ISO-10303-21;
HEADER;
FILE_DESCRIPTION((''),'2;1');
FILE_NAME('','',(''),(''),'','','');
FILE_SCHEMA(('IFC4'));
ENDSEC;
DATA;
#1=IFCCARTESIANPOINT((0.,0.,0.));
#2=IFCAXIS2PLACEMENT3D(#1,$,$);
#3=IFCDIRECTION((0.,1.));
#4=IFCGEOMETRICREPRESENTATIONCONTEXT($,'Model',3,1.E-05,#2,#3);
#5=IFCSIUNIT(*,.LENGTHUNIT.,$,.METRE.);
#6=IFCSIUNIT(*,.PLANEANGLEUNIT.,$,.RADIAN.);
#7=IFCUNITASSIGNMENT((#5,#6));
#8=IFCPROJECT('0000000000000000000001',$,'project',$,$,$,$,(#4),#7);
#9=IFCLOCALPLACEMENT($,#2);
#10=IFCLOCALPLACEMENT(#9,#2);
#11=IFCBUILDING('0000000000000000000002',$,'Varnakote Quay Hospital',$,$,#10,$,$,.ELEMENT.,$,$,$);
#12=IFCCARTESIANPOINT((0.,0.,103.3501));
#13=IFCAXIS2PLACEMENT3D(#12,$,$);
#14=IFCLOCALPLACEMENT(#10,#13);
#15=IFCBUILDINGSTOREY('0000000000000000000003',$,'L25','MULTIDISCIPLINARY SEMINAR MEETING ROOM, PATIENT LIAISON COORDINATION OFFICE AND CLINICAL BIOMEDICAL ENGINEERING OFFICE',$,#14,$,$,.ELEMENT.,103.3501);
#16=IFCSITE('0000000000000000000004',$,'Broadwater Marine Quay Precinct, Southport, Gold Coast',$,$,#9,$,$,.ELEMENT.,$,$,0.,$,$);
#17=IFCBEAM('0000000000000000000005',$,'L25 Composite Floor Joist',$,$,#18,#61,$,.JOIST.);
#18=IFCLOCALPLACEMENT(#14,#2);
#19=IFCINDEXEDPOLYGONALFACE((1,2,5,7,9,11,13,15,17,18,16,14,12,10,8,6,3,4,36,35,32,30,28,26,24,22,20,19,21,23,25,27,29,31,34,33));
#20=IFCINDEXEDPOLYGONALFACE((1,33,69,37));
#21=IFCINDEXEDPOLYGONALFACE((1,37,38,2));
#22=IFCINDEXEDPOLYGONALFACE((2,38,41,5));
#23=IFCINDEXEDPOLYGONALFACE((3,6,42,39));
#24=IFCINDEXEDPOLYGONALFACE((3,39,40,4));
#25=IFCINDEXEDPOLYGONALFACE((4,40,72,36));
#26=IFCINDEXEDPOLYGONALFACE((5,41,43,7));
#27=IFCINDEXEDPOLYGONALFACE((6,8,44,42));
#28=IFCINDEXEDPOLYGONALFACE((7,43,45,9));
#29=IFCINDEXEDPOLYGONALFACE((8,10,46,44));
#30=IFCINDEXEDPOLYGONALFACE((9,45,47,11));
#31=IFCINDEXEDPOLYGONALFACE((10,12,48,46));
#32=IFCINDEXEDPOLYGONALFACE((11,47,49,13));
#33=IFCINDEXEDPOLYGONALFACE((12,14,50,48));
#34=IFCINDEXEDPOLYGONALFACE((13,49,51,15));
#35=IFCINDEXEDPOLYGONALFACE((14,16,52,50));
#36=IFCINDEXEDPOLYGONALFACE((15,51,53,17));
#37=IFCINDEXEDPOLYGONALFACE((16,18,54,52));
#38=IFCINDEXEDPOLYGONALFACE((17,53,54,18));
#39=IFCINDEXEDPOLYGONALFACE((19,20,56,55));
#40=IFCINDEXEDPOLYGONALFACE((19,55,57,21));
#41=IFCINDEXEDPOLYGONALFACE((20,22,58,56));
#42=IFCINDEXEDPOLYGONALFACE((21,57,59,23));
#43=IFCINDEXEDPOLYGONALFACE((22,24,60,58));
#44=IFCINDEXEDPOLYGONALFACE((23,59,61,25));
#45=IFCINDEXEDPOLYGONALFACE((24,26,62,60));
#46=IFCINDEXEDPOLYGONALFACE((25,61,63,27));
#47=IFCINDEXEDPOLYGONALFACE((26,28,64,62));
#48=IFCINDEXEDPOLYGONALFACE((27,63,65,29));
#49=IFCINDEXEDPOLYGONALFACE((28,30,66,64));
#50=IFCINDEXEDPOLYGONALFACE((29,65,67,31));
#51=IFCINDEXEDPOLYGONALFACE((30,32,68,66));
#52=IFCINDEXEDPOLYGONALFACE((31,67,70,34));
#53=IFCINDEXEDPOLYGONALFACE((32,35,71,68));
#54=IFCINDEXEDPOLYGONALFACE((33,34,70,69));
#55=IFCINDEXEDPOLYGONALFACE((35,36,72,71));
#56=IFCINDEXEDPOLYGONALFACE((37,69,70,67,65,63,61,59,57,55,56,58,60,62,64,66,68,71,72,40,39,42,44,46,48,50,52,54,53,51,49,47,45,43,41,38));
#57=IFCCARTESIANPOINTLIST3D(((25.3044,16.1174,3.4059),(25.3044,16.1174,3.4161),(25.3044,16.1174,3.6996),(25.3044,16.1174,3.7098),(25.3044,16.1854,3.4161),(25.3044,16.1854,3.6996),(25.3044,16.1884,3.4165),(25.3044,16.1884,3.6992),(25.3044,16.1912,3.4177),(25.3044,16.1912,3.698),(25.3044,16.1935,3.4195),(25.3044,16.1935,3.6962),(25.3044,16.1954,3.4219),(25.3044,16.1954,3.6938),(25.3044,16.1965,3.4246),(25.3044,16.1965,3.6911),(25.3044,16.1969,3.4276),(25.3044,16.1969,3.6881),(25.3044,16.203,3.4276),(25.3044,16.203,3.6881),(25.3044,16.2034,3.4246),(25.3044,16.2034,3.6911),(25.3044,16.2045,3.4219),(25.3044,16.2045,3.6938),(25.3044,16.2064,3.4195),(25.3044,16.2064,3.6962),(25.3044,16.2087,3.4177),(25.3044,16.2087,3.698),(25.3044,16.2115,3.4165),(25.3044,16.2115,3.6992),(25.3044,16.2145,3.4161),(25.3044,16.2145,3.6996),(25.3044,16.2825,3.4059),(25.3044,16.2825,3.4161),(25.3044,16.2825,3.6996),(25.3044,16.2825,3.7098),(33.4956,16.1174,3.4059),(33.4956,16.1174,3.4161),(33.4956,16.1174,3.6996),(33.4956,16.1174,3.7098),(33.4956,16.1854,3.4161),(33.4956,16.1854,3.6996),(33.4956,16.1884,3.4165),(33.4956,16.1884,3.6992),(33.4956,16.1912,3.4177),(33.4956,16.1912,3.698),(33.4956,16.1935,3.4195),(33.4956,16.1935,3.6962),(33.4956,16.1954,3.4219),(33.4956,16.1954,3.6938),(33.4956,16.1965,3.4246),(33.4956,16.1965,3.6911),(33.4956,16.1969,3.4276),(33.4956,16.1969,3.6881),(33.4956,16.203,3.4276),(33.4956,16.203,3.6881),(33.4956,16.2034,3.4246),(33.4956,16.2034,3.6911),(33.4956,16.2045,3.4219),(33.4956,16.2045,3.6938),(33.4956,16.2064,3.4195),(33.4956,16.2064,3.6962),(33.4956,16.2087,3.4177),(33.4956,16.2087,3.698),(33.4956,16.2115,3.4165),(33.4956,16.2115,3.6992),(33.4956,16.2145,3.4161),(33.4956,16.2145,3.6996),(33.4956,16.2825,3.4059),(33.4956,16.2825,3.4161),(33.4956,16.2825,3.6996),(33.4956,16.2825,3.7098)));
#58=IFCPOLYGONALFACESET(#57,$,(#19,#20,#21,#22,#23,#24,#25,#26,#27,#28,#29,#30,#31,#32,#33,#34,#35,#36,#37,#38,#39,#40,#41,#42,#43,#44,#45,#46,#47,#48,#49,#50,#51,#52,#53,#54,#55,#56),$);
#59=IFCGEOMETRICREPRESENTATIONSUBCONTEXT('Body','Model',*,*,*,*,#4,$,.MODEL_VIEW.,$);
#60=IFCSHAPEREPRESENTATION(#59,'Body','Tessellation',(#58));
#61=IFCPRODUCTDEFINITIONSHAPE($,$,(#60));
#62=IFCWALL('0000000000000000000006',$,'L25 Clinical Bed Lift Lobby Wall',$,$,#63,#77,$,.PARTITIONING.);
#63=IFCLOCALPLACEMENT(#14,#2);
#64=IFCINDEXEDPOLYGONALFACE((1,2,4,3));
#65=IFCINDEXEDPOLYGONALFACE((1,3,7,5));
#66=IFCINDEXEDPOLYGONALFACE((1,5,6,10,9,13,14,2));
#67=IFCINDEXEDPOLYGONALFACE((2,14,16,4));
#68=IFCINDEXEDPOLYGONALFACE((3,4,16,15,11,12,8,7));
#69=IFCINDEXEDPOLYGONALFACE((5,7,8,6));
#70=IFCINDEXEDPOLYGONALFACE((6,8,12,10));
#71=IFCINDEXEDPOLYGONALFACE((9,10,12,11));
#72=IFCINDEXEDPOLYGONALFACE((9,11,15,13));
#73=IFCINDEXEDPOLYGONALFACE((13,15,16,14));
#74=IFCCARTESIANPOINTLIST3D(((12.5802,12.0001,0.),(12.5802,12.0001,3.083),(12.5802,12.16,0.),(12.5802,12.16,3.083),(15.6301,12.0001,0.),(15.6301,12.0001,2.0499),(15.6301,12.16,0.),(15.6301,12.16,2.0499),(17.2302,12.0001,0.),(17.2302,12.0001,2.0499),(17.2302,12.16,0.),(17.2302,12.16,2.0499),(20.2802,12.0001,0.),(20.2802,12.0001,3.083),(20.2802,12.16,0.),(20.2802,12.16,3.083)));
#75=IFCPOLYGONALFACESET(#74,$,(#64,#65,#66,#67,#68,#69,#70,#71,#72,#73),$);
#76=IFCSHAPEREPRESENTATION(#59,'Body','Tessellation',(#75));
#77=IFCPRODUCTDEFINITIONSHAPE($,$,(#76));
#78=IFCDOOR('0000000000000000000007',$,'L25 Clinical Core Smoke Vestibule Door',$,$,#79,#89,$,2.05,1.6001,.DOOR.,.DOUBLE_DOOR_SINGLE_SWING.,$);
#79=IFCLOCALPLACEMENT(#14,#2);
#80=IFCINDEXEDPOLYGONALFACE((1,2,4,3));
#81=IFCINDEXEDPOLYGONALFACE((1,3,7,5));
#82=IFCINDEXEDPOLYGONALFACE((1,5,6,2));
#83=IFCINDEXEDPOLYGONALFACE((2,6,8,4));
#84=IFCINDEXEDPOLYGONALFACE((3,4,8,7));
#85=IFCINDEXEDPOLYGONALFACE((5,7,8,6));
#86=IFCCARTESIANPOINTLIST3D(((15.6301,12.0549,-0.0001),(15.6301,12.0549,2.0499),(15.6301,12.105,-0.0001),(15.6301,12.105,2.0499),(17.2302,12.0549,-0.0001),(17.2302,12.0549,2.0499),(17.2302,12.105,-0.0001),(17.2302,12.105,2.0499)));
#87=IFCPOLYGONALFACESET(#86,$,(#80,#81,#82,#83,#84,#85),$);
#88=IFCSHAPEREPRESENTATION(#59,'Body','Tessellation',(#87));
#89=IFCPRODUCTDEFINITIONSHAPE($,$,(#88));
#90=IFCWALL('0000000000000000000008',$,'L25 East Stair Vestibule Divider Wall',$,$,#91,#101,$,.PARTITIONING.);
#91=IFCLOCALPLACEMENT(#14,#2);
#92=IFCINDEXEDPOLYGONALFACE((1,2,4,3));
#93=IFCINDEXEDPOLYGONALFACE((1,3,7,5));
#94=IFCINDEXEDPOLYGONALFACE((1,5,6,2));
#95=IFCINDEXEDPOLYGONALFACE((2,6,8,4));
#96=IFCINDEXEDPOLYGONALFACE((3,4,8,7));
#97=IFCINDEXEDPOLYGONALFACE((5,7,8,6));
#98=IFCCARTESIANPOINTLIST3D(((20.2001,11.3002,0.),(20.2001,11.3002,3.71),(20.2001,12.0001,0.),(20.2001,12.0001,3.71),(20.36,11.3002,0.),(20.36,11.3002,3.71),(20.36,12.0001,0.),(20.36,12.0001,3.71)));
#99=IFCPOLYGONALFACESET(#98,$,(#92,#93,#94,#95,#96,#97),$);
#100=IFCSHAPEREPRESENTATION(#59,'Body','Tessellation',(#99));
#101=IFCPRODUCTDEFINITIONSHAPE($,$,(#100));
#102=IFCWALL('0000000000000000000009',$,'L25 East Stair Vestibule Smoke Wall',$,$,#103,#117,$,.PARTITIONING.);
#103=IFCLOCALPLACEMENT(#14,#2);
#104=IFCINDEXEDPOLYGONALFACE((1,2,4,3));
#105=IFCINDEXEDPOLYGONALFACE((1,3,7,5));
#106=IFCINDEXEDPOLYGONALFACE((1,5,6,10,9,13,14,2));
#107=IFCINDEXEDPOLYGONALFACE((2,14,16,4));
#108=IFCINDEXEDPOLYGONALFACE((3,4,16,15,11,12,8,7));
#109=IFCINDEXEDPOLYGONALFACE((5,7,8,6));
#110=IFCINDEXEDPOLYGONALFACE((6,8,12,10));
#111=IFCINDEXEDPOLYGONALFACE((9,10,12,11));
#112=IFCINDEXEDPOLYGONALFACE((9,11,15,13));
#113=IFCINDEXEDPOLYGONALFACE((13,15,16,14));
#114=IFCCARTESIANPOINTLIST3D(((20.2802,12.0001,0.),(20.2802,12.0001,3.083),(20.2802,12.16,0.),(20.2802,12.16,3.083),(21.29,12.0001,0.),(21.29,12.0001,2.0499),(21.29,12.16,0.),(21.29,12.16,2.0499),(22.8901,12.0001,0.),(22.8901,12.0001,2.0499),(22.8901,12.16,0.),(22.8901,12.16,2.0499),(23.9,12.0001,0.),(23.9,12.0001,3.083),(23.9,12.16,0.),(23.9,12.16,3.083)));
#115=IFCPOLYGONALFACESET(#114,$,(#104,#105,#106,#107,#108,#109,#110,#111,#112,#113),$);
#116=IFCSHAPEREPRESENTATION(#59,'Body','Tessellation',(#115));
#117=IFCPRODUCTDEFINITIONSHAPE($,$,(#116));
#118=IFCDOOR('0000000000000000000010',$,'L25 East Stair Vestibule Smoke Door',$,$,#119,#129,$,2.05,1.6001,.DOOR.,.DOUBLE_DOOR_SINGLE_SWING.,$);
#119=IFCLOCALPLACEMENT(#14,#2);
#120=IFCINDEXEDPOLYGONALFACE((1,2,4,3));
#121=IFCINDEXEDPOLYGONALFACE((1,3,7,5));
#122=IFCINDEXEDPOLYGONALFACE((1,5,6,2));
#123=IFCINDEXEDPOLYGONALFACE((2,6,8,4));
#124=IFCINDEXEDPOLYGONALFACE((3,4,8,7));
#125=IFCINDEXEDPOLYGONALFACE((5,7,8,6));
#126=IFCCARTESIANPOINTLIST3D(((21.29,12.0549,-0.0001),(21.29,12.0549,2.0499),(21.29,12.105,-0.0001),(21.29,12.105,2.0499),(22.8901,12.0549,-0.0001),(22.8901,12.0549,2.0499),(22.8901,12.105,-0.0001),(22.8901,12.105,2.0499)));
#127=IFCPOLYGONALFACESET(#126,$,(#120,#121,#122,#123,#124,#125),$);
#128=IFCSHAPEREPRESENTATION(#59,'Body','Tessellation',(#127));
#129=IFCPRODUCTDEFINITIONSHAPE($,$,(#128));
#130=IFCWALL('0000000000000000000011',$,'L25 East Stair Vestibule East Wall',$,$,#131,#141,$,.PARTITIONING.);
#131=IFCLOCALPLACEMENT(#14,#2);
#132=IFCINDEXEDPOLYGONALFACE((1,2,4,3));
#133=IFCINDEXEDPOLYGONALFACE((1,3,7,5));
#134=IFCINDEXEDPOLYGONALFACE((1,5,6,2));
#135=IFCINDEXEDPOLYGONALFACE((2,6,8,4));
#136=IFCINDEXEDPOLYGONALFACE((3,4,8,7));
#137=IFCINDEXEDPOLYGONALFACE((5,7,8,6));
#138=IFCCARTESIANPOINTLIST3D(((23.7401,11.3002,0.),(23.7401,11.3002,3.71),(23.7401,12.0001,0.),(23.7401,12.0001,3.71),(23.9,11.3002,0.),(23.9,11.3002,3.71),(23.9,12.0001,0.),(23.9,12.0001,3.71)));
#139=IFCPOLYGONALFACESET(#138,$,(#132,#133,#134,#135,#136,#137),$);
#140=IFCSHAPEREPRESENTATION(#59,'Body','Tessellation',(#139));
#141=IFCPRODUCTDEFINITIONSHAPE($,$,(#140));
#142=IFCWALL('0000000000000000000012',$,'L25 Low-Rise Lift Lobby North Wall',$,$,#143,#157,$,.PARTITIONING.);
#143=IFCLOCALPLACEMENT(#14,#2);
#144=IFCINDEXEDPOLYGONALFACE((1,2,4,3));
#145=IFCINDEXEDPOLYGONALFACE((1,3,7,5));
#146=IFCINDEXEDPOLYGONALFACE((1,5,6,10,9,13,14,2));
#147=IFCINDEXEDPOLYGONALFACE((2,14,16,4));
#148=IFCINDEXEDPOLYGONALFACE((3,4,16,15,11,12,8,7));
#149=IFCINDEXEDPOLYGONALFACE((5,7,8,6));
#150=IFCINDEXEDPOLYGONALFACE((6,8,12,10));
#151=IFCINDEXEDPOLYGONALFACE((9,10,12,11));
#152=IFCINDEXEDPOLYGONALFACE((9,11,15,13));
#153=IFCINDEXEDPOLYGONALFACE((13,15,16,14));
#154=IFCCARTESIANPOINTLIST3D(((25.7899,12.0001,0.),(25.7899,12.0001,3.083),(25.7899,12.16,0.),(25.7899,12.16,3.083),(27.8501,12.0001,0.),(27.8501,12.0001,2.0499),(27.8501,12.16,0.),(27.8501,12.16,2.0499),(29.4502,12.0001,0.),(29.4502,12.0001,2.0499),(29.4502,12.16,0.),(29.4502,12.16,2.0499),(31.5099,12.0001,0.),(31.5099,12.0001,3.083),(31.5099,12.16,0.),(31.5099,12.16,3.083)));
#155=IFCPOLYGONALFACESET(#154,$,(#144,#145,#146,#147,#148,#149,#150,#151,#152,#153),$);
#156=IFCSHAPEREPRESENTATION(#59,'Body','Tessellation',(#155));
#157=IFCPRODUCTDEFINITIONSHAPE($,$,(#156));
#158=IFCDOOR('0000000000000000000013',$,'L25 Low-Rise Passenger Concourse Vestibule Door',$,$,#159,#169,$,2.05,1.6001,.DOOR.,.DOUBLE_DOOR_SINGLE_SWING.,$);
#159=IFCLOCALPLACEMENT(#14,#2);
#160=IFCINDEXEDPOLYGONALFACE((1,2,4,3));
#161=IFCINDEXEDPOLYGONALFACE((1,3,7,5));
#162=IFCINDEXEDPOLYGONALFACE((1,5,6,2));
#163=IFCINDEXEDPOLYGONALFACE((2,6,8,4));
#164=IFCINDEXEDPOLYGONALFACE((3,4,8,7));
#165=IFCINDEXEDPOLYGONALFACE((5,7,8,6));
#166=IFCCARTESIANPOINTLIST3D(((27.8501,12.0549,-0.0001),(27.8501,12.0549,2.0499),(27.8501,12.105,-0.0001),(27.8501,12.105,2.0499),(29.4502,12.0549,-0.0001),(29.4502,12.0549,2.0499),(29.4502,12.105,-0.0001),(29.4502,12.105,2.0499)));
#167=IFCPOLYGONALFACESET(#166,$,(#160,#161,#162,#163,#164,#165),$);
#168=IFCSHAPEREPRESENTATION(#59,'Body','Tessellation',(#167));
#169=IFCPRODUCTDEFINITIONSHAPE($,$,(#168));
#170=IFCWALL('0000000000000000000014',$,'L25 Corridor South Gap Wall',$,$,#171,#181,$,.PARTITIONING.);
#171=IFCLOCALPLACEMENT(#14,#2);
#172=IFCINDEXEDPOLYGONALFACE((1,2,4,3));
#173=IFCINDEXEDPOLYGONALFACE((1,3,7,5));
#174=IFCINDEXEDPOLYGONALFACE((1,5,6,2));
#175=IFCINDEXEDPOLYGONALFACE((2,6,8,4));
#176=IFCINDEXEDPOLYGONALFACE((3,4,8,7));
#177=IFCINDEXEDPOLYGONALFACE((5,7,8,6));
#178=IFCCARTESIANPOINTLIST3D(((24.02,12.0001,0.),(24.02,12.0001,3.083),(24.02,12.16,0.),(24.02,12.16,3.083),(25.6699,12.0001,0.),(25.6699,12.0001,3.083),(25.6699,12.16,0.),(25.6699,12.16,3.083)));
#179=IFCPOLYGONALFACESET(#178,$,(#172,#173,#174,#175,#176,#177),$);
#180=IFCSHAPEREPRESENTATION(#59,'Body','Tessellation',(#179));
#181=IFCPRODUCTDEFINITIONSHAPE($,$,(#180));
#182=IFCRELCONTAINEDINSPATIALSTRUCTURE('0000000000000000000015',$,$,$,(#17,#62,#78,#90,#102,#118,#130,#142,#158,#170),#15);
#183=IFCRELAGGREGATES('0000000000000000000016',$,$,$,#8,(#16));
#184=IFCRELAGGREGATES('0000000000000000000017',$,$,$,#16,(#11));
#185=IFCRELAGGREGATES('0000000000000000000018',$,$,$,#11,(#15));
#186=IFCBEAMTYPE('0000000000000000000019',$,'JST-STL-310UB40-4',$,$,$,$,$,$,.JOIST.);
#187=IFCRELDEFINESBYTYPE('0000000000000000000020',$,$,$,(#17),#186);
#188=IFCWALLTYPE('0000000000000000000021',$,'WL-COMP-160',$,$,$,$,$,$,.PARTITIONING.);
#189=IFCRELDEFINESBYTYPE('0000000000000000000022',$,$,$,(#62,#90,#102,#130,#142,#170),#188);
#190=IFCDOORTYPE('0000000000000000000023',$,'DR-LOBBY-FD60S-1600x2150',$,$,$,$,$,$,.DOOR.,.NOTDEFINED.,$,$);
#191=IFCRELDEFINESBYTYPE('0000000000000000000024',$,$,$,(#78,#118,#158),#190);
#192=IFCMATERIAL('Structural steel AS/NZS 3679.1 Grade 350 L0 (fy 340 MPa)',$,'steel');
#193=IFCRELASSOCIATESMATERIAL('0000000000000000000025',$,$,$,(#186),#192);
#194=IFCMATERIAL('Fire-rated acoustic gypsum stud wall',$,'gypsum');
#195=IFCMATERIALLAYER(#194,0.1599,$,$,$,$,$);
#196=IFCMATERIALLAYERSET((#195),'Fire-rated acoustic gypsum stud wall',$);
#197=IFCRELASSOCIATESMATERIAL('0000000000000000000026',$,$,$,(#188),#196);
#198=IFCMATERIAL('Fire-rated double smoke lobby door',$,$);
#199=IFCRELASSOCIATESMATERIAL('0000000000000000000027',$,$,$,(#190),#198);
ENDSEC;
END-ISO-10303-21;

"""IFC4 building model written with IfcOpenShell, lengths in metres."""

from ifc_helpers import new_model, si_unit, direction, frame, frame_2d, origin, origin_2d, place, context, subcontext, project, spatial, rectangle, i_section, extrude, material, layer, layer_set, material_profile, profile_set, type_object, element, fill, save


model = new_model("IFC4")

# Units and contexts
model_context = context("Model", 3, precision=1e-05, world=origin(), true_north=direction((0.0, 1.0)))
body_context = subcontext(model_context, "Body", "Model", "MODEL_VIEW")
ifc_project = project(units=[si_unit("LENGTHUNIT", "METRE"), si_unit("PLANEANGLEUNIT", "RADIAN")], contexts=[model_context])

# Site, building, storey
site_placement = place(None, origin())
site = spatial("IfcSite", under=ifc_project, at=site_placement, Name="Broadwater Marine Quay Precinct, Southport, Gold Coast", CompositionType="ELEMENT", RefElevation=0.0)
building_placement = place(site_placement, origin())
building = spatial("IfcBuilding", under=site, at=building_placement, Name="Varnakote Quay Hospital", CompositionType="ELEMENT")
storey_placement = place(building_placement, frame((0.0, 0.0, 103.3501)))
storey = spatial("IfcBuildingStorey", under=building, at=storey_placement, Name="L25", Description="MULTIDISCIPLINARY SEMINAR MEETING ROOM, PATIENT LIAISON COORDINATION OFFICE AND CLINICAL BIOMEDICAL ENGINEERING OFFICE", CompositionType="ELEMENT", Elevation=103.3501)

# Beam
ifc_material_1 = material(Name="Structural steel AS/NZS 3679.1 Grade 350 L0 (fy 340 MPa)", Category="steel")
ifc_material_profile_1 = material_profile(ifc_material_1, i_section(OverallWidth=0.165, OverallDepth=0.304, WebThickness=0.0061, FlangeThickness=0.0103, FilletRadius=0.0115, at=origin_2d()), Name="310UB40.4")
ifc_profile_set_1 = profile_set([ifc_material_profile_1], Name="Structural steel AS/NZS 3679.1 Grade 350 L0 (fy 340 MPa)")
beam_type_1 = type_object("IfcBeamType", Name="JST-STL-310UB40-4", PredefinedType="JOIST", material=ifc_profile_set_1)
beam_1_placement = place(storey_placement, frame((25.3044, 16.2, 3.5579), z_axis=(1.0, 0.0, 0.0), x_axis=(0.0, 1.0, 0.0)))
element("IfcBeam", 1, at=beam_1_placement, inside=storey, type_object=beam_type_1, Name="L25 Composite Floor Joist", PredefinedType="JOIST", context=body_context, shape_type="SweptSolid", body=[
    extrude(i_section(OverallWidth=0.165, OverallDepth=0.304, WebThickness=0.0061, FlangeThickness=0.0103, FilletRadius=0.0115, at=origin_2d()), origin(), (0.0, 0.0, 1.0), 8.1912),
])

# Wall, opening, door
ifc_material_2 = material(Name="Fire-rated acoustic gypsum stud wall", Category="gypsum")
ifc_layer_1 = layer(ifc_material_2, 0.1599)
ifc_layer_set_1 = layer_set([ifc_layer_1], Name="Fire-rated acoustic gypsum stud wall")
wall_type_1 = type_object("IfcWallType", Name="WL-COMP-160", PredefinedType="PARTITIONING", material=ifc_layer_set_1)
wall_1_placement = place(storey_placement, frame((12.5801, 12.0801, 0.0), z_axis=(0.0, 0.0, 1.0), x_axis=(1.0, 0.0, 0.0)))
wall_1 = element("IfcWall", 2, at=wall_1_placement, inside=storey, type_object=wall_type_1, Name="L25 Clinical Bed Lift Lobby Wall", PredefinedType="PARTITIONING", context=body_context, shape_type="SweptSolid", body=[
    extrude(rectangle(XDim=7.7, YDim=0.1599, at=frame_2d((3.8501, 0.0))), origin(), (0.0, 0.0, 1.0), 3.083),
])
opening_1_placement = place(wall_1_placement, frame((3.05, 0.0, 0.0)))
opening_1 = element("IfcOpeningElement", 3, at=opening_1_placement, cuts=wall_1, PredefinedType="OPENING", context=body_context, shape_type="SweptSolid", body=[
    extrude(rectangle(XDim=1.6001, YDim=2.05, at=frame_2d((0.8, 1.0249))), frame((0.0, 0.0898, 0.0), z_axis=(0.0, -1.0, 0.0), x_axis=(1.0, 0.0, 0.0)), (0.0, 0.0, 1.0), 0.1799),
])
ifc_material_3 = material(Name="Fire-rated double smoke lobby door")
door_type_1 = type_object("IfcDoorType", Name="DR-LOBBY-FD60S-1600x2150", OperationType="NOTDEFINED", PredefinedType="DOOR", material=ifc_material_3)
door_1_placement = place(opening_1_placement, origin())
door_1 = element("IfcDoor", 4, at=door_1_placement, inside=storey, type_object=door_type_1, Name="L25 Clinical Core Smoke Vestibule Door", OperationType="DOUBLE_DOOR_SINGLE_SWING", OverallHeight=2.05, OverallWidth=1.6001, PredefinedType="DOOR", context=body_context, shape_type="SweptSolid", body=[
    extrude(rectangle(XDim=1.6001, YDim=2.05, at=frame_2d((0.8, 1.0249))), frame((0.0, 0.0249, 0.0), z_axis=(0.0, -1.0, 0.0), x_axis=(1.0, 0.0, 0.0)), (0.0, 0.0, 1.0), 0.05),
])
fill(opening_1, door_1)

# Wall
wall_2_placement = place(storey_placement, frame((20.28, 11.3, 0.0), z_axis=(0.0, 0.0, 1.0), x_axis=(0.0, 1.0, 0.0)))
element("IfcWall", 5, at=wall_2_placement, inside=storey, type_object=wall_type_1, Name="L25 East Stair Vestibule Divider Wall", PredefinedType="PARTITIONING", context=body_context, shape_type="SweptSolid", body=[
    extrude(rectangle(XDim=0.7, YDim=0.1599, at=frame_2d((0.3501, 0.0))), origin(), (0.0, 0.0, 1.0), 3.71),
])

# Wall, opening, door
wall_3_placement = place(storey_placement, frame((20.28, 12.0801, 0.0), z_axis=(0.0, 0.0, 1.0), x_axis=(1.0, 0.0, 0.0)))
wall_3 = element("IfcWall", 6, at=wall_3_placement, inside=storey, type_object=wall_type_1, Name="L25 East Stair Vestibule Smoke Wall", PredefinedType="PARTITIONING", context=body_context, shape_type="SweptSolid", body=[
    extrude(rectangle(XDim=3.6199, YDim=0.1599, at=frame_2d((1.8101, 0.0))), origin(), (0.0, 0.0, 1.0), 3.083),
])
opening_2_placement = place(wall_3_placement, frame((1.01, 0.0, 0.0)))
opening_2 = element("IfcOpeningElement", 7, at=opening_2_placement, cuts=wall_3, PredefinedType="OPENING", context=body_context, shape_type="SweptSolid", body=[
    extrude(rectangle(XDim=1.6001, YDim=2.05, at=frame_2d((0.8, 1.0249))), frame((0.0, 0.0898, 0.0), z_axis=(0.0, -1.0, 0.0), x_axis=(1.0, 0.0, 0.0)), (0.0, 0.0, 1.0), 0.1799),
])
door_2_placement = place(opening_2_placement, origin())
door_2 = element("IfcDoor", 8, at=door_2_placement, inside=storey, type_object=door_type_1, Name="L25 East Stair Vestibule Smoke Door", OperationType="DOUBLE_DOOR_SINGLE_SWING", OverallHeight=2.05, OverallWidth=1.6001, PredefinedType="DOOR", context=body_context, shape_type="SweptSolid", body=[
    extrude(rectangle(XDim=1.6001, YDim=2.05, at=frame_2d((0.8, 1.0249))), frame((0.0, 0.0249, 0.0), z_axis=(0.0, -1.0, 0.0), x_axis=(1.0, 0.0, 0.0)), (0.0, 0.0, 1.0), 0.05),
])
fill(opening_2, door_2)

# Wall
wall_4_placement = place(storey_placement, frame((23.8201, 11.3, 0.0), z_axis=(0.0, 0.0, 1.0), x_axis=(0.0, 1.0, 0.0)))
element("IfcWall", 9, at=wall_4_placement, inside=storey, type_object=wall_type_1, Name="L25 East Stair Vestibule East Wall", PredefinedType="PARTITIONING", context=body_context, shape_type="SweptSolid", body=[
    extrude(rectangle(XDim=0.7, YDim=0.1599, at=frame_2d((0.3501, 0.0))), origin(), (0.0, 0.0, 1.0), 3.71),
])

# Wall, opening, door
wall_5_placement = place(storey_placement, frame((25.79, 12.0801, 0.0), z_axis=(0.0, 0.0, 1.0), x_axis=(1.0, 0.0, 0.0)))
wall_5 = element("IfcWall", 10, at=wall_5_placement, inside=storey, type_object=wall_type_1, Name="L25 Low-Rise Lift Lobby North Wall", PredefinedType="PARTITIONING", context=body_context, shape_type="SweptSolid", body=[
    extrude(rectangle(XDim=5.72, YDim=0.1599, at=frame_2d((2.8599, 0.0))), origin(), (0.0, 0.0, 1.0), 3.083),
])
opening_3_placement = place(wall_5_placement, frame((2.0601, 0.0, 0.0)))
opening_3 = element("IfcOpeningElement", 11, at=opening_3_placement, cuts=wall_5, PredefinedType="OPENING", context=body_context, shape_type="SweptSolid", body=[
    extrude(rectangle(XDim=1.6001, YDim=2.05, at=frame_2d((0.8, 1.0249))), frame((0.0, 0.0898, 0.0), z_axis=(0.0, -1.0, 0.0), x_axis=(1.0, 0.0, 0.0)), (0.0, 0.0, 1.0), 0.1799),
])
door_3_placement = place(opening_3_placement, origin())
door_3 = element("IfcDoor", 12, at=door_3_placement, inside=storey, type_object=door_type_1, Name="L25 Low-Rise Passenger Concourse Vestibule Door", OperationType="DOUBLE_DOOR_SINGLE_SWING", OverallHeight=2.05, OverallWidth=1.6001, PredefinedType="DOOR", context=body_context, shape_type="SweptSolid", body=[
    extrude(rectangle(XDim=1.6001, YDim=2.05, at=frame_2d((0.8, 1.0249))), frame((0.0, 0.0249, 0.0), z_axis=(0.0, -1.0, 0.0), x_axis=(1.0, 0.0, 0.0)), (0.0, 0.0, 1.0), 0.05),
])
fill(opening_3, door_3)

# Wall
wall_6_placement = place(storey_placement, frame((24.02, 12.0801, 0.0), z_axis=(0.0, 0.0, 1.0), x_axis=(1.0, 0.0, 0.0)))
element("IfcWall", 13, at=wall_6_placement, inside=storey, type_object=wall_type_1, Name="L25 Corridor South Gap Wall", PredefinedType="PARTITIONING", context=body_context, shape_type="SweptSolid", body=[
    extrude(rectangle(XDim=1.6499, YDim=0.1599, at=frame_2d((0.825, 0.0))), origin(), (0.0, 0.0, 1.0), 3.083),
])

save(model, "model.ifc")
